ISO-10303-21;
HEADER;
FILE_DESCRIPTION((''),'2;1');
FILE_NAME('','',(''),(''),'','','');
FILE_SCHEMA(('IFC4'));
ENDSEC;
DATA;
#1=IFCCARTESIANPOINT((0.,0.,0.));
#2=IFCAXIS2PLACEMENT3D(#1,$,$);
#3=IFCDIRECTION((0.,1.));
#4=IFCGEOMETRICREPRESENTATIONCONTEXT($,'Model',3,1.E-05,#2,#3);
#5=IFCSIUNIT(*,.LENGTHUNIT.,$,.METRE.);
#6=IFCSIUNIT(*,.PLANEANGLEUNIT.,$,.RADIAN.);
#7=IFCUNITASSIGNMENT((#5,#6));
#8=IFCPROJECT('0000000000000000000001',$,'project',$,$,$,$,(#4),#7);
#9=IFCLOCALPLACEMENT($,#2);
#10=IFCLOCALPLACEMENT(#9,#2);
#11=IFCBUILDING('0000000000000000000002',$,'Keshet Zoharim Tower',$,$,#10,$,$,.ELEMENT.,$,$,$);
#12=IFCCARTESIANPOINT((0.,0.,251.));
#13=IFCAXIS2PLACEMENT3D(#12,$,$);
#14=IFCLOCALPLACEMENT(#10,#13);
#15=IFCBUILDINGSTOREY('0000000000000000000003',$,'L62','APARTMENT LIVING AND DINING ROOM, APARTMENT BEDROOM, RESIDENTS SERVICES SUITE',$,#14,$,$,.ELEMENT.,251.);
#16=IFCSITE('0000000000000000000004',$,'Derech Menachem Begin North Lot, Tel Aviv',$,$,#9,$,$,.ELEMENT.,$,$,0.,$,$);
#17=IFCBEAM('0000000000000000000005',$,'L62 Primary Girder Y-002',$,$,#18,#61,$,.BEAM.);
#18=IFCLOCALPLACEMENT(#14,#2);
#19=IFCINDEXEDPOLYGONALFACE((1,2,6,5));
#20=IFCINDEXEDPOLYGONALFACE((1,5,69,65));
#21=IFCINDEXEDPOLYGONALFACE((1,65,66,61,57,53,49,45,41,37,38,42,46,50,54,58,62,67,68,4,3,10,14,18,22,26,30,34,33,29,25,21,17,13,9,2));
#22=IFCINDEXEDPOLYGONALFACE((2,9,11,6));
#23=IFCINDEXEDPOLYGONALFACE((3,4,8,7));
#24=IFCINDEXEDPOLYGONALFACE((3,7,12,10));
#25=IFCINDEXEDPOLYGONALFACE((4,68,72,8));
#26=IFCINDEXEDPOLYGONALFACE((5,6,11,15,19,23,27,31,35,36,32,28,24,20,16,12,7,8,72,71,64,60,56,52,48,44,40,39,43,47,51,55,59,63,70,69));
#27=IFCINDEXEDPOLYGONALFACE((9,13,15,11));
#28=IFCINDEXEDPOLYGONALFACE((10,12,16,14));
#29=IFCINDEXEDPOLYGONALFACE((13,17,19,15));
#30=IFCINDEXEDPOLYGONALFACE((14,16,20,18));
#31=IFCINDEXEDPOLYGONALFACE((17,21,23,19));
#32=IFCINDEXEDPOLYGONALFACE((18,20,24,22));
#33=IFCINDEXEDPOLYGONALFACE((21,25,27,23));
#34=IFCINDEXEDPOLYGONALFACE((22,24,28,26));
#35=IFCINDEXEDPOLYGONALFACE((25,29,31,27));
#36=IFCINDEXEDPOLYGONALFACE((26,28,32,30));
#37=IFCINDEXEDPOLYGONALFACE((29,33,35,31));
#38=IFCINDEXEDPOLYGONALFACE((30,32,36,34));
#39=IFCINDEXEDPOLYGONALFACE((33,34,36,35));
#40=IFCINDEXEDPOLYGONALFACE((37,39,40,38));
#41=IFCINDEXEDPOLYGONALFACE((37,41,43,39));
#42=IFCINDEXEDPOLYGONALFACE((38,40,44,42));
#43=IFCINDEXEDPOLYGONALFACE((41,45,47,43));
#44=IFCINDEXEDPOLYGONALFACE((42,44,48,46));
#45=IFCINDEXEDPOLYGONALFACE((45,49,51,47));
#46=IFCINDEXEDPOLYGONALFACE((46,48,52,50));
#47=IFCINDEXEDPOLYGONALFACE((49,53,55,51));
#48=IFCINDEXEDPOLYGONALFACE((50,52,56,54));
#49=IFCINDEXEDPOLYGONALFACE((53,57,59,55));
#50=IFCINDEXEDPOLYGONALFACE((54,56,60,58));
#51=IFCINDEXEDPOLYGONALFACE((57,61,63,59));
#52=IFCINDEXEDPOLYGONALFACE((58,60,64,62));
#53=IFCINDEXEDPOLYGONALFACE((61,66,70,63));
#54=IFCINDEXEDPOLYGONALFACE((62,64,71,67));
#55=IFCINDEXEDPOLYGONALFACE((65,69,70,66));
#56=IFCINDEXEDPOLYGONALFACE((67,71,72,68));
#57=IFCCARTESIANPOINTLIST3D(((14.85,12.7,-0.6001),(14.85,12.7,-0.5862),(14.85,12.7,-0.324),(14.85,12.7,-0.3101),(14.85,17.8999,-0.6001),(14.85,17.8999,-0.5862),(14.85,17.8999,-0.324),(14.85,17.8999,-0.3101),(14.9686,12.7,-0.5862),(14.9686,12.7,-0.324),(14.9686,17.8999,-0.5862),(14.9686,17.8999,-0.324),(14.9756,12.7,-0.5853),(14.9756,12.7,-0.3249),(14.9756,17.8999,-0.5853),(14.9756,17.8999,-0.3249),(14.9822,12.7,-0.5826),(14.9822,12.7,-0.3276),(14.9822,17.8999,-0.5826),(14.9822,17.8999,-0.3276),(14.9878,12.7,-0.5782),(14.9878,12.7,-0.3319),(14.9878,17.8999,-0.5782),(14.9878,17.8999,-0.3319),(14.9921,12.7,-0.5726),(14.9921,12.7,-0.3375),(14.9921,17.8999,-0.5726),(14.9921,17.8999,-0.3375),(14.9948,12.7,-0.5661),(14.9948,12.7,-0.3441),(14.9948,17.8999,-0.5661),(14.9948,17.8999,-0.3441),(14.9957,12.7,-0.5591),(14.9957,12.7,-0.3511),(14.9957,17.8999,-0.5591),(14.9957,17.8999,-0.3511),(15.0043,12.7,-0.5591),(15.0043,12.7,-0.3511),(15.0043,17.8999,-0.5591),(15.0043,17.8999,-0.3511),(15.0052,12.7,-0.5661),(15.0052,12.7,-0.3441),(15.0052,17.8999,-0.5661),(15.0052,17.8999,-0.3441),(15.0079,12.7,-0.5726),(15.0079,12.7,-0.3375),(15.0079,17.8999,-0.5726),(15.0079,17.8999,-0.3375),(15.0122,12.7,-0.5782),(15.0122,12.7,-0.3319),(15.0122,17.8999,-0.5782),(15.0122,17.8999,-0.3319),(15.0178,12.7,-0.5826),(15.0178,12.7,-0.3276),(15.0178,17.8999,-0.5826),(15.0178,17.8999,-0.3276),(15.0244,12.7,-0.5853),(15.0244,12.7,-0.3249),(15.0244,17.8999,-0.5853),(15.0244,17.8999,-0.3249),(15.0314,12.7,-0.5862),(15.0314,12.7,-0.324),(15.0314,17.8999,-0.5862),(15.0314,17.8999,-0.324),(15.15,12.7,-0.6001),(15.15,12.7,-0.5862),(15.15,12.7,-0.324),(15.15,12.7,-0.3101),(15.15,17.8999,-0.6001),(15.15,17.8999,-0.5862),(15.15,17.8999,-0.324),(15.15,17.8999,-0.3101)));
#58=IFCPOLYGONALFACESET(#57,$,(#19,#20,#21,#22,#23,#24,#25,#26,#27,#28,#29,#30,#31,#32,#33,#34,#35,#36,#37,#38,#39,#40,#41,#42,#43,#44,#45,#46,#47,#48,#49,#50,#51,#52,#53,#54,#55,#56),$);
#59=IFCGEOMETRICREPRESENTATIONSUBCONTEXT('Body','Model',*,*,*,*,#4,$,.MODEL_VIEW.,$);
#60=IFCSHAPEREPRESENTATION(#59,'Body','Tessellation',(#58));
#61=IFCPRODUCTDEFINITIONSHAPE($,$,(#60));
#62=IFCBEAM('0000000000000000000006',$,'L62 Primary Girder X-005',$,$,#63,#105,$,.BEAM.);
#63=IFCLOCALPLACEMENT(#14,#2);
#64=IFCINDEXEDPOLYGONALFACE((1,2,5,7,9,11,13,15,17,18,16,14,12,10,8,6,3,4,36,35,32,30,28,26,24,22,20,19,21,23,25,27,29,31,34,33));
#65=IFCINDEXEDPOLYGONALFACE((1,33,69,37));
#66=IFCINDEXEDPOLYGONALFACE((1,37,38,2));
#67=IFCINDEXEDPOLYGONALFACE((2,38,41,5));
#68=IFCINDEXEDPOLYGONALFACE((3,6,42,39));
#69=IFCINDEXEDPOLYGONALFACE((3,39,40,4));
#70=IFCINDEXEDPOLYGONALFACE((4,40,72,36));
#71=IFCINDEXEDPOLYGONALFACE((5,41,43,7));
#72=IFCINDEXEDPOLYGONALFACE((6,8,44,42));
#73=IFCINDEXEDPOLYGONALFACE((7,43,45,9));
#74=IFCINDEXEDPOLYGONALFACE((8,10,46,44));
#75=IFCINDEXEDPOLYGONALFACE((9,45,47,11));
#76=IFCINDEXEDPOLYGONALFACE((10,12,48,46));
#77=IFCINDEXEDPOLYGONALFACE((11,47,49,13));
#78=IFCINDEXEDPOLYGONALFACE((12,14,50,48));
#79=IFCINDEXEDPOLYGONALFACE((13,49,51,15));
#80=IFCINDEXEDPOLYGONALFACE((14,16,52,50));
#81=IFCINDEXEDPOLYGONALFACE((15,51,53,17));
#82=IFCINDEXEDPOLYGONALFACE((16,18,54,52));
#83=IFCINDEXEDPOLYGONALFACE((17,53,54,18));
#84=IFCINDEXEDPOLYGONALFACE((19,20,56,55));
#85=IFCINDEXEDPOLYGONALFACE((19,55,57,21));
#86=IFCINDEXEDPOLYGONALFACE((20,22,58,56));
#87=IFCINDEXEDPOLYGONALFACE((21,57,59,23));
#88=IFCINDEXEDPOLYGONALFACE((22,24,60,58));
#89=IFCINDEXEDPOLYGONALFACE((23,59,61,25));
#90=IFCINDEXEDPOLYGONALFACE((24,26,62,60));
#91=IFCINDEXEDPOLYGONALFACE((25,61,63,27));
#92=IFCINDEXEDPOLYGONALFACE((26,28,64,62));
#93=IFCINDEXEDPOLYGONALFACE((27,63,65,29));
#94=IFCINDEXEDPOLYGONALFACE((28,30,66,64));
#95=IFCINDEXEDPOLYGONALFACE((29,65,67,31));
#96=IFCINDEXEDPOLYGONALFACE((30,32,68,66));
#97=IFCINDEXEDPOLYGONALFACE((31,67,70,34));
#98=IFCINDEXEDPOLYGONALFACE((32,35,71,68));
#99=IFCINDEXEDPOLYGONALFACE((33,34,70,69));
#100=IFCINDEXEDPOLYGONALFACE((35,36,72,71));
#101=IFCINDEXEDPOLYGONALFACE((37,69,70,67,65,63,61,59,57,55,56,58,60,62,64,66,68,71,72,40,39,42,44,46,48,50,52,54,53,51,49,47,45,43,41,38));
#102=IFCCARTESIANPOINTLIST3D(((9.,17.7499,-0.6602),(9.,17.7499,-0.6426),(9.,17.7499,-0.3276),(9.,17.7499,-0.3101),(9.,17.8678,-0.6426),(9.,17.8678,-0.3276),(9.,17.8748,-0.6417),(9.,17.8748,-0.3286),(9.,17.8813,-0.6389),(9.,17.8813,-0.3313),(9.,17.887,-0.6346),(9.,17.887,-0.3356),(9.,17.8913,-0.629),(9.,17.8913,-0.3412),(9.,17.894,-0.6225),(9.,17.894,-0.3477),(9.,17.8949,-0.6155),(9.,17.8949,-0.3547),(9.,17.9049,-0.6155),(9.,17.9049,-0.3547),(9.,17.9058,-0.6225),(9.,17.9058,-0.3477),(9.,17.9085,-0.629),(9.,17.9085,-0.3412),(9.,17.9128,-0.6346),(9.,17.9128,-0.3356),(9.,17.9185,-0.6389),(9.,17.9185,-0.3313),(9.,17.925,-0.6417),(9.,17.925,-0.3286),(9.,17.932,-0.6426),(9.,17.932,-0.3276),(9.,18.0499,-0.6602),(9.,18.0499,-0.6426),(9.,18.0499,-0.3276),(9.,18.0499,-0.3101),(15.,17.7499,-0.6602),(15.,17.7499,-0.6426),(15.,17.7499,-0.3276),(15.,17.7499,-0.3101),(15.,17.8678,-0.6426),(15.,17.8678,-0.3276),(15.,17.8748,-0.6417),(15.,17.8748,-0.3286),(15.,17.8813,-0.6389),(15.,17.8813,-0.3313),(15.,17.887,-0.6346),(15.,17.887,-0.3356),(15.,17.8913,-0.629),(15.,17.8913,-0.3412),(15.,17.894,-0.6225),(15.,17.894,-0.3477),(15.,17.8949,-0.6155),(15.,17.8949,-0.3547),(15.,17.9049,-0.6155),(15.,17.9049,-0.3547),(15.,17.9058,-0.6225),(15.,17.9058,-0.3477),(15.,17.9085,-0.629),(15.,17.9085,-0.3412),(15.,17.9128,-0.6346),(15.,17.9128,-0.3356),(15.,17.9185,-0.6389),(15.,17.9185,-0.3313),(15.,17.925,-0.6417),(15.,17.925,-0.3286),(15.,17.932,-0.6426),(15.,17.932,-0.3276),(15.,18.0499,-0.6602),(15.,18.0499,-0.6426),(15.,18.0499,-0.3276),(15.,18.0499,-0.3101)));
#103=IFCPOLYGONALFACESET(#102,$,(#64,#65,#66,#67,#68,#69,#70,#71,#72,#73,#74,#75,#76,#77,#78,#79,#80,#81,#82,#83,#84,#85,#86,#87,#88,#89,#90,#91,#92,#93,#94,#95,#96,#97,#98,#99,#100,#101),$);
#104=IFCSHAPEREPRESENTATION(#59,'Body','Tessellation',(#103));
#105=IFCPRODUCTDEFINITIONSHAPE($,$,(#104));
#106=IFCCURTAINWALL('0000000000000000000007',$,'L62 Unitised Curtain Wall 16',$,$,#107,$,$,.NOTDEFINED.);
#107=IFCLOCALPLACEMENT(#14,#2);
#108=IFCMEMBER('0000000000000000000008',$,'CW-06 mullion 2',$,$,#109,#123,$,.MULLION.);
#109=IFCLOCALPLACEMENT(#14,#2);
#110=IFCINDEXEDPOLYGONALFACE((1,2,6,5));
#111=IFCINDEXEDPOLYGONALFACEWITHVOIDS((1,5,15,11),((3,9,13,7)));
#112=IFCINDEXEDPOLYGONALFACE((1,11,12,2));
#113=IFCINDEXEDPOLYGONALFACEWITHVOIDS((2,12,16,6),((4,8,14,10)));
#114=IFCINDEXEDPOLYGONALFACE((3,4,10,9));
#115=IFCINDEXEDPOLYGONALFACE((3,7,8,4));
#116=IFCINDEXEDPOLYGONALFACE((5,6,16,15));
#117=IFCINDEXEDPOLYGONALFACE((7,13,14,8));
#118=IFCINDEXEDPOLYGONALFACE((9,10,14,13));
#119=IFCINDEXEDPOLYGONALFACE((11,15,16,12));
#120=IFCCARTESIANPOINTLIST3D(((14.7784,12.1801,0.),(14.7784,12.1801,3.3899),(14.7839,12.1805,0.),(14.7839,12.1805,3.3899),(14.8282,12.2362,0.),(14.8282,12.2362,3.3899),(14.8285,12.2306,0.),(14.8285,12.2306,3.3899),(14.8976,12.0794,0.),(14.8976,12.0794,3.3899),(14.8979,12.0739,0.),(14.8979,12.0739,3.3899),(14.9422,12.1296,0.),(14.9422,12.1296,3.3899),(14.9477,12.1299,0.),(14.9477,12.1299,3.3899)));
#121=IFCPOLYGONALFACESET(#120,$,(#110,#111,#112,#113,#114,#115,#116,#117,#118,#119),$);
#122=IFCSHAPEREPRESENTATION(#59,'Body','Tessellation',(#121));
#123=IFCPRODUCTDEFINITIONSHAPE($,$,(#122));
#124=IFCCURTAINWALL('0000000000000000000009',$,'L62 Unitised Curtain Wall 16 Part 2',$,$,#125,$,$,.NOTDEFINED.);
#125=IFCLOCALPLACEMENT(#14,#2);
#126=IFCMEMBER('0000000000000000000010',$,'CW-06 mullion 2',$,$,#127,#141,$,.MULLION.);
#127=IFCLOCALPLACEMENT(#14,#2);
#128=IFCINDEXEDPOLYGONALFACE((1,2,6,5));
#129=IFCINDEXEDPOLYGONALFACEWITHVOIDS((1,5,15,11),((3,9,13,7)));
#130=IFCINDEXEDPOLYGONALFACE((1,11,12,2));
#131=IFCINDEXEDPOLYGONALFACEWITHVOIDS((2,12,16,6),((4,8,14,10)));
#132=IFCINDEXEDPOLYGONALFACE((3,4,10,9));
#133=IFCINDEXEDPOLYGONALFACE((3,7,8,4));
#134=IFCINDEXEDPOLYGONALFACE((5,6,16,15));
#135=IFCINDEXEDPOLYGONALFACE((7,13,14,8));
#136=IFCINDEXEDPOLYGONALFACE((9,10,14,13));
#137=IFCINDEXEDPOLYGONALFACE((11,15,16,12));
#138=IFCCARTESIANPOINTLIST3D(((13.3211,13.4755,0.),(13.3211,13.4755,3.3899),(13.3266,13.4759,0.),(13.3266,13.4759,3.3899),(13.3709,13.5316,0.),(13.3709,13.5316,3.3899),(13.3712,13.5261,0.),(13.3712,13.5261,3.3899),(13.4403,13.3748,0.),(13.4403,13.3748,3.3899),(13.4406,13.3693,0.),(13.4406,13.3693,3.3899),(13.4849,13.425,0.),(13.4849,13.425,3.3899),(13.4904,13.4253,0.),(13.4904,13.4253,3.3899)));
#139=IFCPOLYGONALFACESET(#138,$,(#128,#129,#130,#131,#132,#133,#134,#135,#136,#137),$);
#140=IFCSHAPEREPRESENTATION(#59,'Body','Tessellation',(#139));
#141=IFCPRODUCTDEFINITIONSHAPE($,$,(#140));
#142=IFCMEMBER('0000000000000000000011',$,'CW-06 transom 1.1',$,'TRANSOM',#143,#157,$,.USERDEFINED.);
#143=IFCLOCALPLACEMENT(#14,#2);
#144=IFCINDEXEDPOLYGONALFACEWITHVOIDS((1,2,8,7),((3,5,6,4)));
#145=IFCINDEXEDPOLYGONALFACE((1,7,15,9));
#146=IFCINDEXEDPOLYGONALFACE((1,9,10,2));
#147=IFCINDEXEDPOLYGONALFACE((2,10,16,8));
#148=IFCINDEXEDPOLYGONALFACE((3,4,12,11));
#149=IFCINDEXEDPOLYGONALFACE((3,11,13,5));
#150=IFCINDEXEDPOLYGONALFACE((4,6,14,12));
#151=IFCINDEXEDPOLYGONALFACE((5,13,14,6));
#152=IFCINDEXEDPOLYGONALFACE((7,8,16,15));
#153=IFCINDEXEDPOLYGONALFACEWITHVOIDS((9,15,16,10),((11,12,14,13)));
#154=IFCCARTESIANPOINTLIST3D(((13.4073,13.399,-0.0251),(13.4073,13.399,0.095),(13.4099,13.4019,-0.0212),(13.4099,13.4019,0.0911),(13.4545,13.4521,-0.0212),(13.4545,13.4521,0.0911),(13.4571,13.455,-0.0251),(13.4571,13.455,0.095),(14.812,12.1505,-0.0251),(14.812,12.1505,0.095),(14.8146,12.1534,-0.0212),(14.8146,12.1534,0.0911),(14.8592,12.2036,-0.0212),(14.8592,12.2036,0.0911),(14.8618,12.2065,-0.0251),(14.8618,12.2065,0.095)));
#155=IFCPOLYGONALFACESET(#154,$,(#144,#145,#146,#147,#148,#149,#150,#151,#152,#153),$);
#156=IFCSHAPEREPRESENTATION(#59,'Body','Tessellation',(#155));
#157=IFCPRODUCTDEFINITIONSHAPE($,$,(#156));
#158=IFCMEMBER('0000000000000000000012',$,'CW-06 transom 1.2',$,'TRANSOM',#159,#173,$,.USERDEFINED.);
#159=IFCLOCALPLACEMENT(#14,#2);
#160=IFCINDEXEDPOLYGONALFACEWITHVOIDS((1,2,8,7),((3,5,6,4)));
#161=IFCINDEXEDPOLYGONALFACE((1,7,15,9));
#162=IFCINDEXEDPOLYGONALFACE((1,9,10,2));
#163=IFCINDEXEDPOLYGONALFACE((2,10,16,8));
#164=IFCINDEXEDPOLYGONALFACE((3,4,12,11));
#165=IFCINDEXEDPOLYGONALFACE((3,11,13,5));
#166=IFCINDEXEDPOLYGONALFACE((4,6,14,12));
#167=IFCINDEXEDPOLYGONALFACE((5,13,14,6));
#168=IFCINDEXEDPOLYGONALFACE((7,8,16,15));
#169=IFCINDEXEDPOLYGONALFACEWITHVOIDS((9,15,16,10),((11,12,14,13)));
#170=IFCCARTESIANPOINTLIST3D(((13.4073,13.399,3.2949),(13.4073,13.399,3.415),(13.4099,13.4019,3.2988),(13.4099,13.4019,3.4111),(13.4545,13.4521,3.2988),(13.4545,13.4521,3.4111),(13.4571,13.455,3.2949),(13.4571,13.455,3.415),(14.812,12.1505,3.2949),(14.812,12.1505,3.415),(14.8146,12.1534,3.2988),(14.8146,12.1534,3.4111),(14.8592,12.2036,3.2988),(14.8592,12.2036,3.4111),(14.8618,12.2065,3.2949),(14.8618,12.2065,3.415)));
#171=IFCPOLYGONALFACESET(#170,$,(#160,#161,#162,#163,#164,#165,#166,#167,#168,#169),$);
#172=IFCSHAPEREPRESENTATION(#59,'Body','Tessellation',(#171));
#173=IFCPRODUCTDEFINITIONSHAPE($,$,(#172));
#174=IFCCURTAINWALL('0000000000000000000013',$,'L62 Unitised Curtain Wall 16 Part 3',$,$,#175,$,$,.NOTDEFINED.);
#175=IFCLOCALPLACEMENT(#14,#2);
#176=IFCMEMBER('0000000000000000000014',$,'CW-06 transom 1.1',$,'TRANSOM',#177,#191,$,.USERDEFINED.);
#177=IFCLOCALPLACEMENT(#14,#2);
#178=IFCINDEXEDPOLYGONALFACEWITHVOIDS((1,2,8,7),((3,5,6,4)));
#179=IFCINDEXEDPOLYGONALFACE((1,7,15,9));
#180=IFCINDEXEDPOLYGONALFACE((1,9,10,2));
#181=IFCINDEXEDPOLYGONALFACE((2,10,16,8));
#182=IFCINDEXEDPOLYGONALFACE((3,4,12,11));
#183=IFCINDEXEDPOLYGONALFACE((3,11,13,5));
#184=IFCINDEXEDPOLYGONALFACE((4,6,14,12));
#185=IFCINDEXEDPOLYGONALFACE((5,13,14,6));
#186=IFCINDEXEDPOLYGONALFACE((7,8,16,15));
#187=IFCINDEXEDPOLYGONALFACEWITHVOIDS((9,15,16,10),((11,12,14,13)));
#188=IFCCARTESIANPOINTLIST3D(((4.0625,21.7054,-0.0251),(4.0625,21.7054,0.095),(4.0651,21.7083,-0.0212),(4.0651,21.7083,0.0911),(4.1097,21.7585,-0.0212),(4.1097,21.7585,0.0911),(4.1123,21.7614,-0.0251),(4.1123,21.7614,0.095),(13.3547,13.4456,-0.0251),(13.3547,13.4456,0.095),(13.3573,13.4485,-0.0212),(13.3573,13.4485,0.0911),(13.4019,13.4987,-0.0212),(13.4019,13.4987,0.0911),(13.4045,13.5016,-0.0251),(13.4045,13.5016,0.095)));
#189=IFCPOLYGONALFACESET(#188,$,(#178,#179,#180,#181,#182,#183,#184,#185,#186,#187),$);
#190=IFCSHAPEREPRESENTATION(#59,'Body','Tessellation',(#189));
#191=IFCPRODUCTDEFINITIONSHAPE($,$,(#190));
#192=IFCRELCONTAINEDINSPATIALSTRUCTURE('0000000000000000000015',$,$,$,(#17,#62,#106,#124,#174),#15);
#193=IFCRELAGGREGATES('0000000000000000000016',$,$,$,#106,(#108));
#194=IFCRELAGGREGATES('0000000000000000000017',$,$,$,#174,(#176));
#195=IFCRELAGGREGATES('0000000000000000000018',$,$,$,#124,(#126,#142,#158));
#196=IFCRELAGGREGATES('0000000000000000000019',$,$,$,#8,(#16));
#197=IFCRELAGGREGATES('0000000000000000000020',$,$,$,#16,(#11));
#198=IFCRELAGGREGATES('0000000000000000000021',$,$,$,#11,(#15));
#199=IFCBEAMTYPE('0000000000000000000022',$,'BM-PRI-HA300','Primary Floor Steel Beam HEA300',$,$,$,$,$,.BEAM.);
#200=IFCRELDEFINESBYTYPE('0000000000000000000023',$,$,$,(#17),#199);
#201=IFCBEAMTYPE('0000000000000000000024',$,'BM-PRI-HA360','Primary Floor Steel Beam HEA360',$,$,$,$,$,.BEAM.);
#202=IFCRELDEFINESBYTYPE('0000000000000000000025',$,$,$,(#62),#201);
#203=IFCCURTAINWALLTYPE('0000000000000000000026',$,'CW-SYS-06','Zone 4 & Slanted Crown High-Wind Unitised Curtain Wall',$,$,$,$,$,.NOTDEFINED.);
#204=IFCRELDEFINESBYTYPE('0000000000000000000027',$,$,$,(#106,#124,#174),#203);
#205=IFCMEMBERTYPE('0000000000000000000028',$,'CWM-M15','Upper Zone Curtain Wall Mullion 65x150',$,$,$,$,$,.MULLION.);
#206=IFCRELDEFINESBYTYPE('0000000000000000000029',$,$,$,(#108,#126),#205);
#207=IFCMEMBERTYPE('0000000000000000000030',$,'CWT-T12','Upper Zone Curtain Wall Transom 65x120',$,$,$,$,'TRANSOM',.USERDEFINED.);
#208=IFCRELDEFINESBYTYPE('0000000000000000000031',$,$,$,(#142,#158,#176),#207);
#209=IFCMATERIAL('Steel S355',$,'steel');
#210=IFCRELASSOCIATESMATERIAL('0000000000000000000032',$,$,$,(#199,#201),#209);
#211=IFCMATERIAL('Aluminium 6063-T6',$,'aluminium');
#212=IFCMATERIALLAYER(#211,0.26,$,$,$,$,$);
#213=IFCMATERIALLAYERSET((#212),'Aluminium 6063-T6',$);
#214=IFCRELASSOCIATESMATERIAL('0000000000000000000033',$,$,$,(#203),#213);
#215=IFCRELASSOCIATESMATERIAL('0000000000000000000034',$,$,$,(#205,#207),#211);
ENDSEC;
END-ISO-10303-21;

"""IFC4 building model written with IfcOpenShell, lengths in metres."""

from ifc_helpers import new_model, si_unit, direction, frame, origin, origin_2d, place, context, subcontext, project, spatial, hollow_rectangle, i_section, extrude, material, layer, layer_set, material_profile, profile_set, type_object, element, aggregate, save


model = new_model("IFC4")

# Units and contexts
model_context = context("Model", 3, precision=1e-05, world=origin(), true_north=direction((0.0, 1.0)))
body_context = subcontext(model_context, "Body", "Model", "MODEL_VIEW")
ifc_project = project(units=[si_unit("LENGTHUNIT", "METRE"), si_unit("PLANEANGLEUNIT", "RADIAN")], contexts=[model_context])

# Site, building, storey
site_placement = place(None, origin())
site = spatial("IfcSite", under=ifc_project, at=site_placement, Name="Derech Menachem Begin North Lot, Tel Aviv", CompositionType="ELEMENT", RefElevation=0.0)
building_placement = place(site_placement, origin())
building = spatial("IfcBuilding", under=site, at=building_placement, Name="Keshet Zoharim Tower", CompositionType="ELEMENT")
storey_placement = place(building_placement, frame((0.0, 0.0, 251.0)))
storey = spatial("IfcBuildingStorey", under=building, at=storey_placement, Name="L62", Description="APARTMENT LIVING AND DINING ROOM, APARTMENT BEDROOM, RESIDENTS SERVICES SUITE", CompositionType="ELEMENT", Elevation=251.0)

# Shared definitions
ifc_material_1 = material(Name="Steel S355", Category="steel")

# Beams
ifc_material_profile_1 = material_profile(ifc_material_1, i_section(OverallWidth=0.3, OverallDepth=0.29, WebThickness=0.0085, FlangeThickness=0.0139, FilletRadius=0.0271, at=origin_2d()), Name="HEA300")
ifc_profile_set_1 = profile_set([ifc_material_profile_1], Name="Steel S355")
beam_type_1 = type_object("IfcBeamType", Name="BM-PRI-HA300", Description="Primary Floor Steel Beam HEA300", PredefinedType="BEAM", material=ifc_profile_set_1)
beam_1_placement = place(storey_placement, frame((15.0, 12.7, -0.4551), z_axis=(0.0, 1.0, 0.0), x_axis=(-1.0, 0.0, 0.0)))
element("IfcBeam", 1, at=beam_1_placement, inside=storey, type_object=beam_type_1, Name="L62 Primary Girder Y-002", PredefinedType="BEAM", context=body_context, shape_type="SweptSolid", body=[
    extrude(i_section(OverallWidth=0.3, OverallDepth=0.29, WebThickness=0.0085, FlangeThickness=0.0139, FilletRadius=0.0271, at=origin_2d()), origin(), (0.0, 0.0, 1.0), 5.2),
])
ifc_material_profile_2 = material_profile(ifc_material_1, i_section(OverallWidth=0.3, OverallDepth=0.3501, WebThickness=0.01, FlangeThickness=0.0176, FilletRadius=0.0271, at=origin_2d()), Name="HEA360")
ifc_profile_set_2 = profile_set([ifc_material_profile_2], Name="Steel S355")
beam_type_2 = type_object("IfcBeamType", Name="BM-PRI-HA360", Description="Primary Floor Steel Beam HEA360", PredefinedType="BEAM", material=ifc_profile_set_2)
beam_2_placement = place(storey_placement, frame((9.0, 17.8999, -0.4851), z_axis=(1.0, 0.0, 0.0), x_axis=(0.0, 1.0, 0.0)))
element("IfcBeam", 2, at=beam_2_placement, inside=storey, type_object=beam_type_2, Name="L62 Primary Girder X-005", PredefinedType="BEAM", context=body_context, shape_type="SweptSolid", body=[
    extrude(i_section(OverallWidth=0.3, OverallDepth=0.3501, WebThickness=0.01, FlangeThickness=0.0176, FilletRadius=0.0271, at=origin_2d()), origin(), (0.0, 0.0, 1.0), 6.0),
])

# Curtain wall, member
ifc_material_2 = material(Name="Aluminium 6063-T6", Category="aluminium")
ifc_layer_1 = layer(ifc_material_2, 0.26)
ifc_layer_set_1 = layer_set([ifc_layer_1], Name="Aluminium 6063-T6")
curtain_wall_type = type_object("IfcCurtainWallType", Name="CW-SYS-06", Description="Zone 4 & Slanted Crown High-Wind Unitised Curtain Wall", PredefinedType="NOTDEFINED", material=ifc_layer_set_1)
curtain_wall_1_placement = place(storey_placement, origin())
curtain_wall_1 = element("IfcCurtainWall", 3, at=curtain_wall_1_placement, inside=storey, type_object=curtain_wall_type, Name="L62 Unitised Curtain Wall 16", PredefinedType="NOTDEFINED")
ifc_material_profile_3 = material_profile(ifc_material_2, hollow_rectangle(XDim=0.075, YDim=0.1599, WallThickness=0.0039, at=origin_2d()), Name="MUL-75x160")
ifc_profile_set_3 = profile_set([ifc_material_profile_3], Name="Aluminium 6063-T6")
member_type_1 = type_object("IfcMemberType", Name="CWM-M15", Description="Upper Zone Curtain Wall Mullion 65x150", PredefinedType="MULLION", material=ifc_profile_set_3)
member_1_placement = place(storey_placement, frame((14.863, 12.155, 0.0), z_axis=(0.0, 0.0, 1.0), x_axis=(-0.664362, -0.747411, 0.0)))
member_1 = element("IfcMember", 4, at=member_1_placement, type_object=member_type_1, Name="CW-06 mullion 2", PredefinedType="MULLION", context=body_context, shape_type="SweptSolid", body=[
    extrude(hollow_rectangle(XDim=0.075, YDim=0.1599, WallThickness=0.0039, at=origin_2d()), origin(), (0.0, 0.0, 1.0), 3.3899),
])
aggregate(curtain_wall_1, [member_1])

# Curtain wall, members
curtain_wall_2_placement = place(storey_placement, origin())
curtain_wall_2 = element("IfcCurtainWall", 5, at=curtain_wall_2_placement, inside=storey, type_object=curtain_wall_type, Name="L62 Unitised Curtain Wall 16 Part 2", PredefinedType="NOTDEFINED")
member_2_placement = place(storey_placement, frame((13.4058, 13.4504, 0.0), z_axis=(0.0, 0.0, 1.0), x_axis=(-0.664338, -0.747432, 0.0)))
member_2 = element("IfcMember", 6, at=member_2_placement, type_object=member_type_1, Name="CW-06 mullion 2", PredefinedType="MULLION", context=body_context, shape_type="SweptSolid", body=[
    extrude(hollow_rectangle(XDim=0.075, YDim=0.1599, WallThickness=0.0039, at=origin_2d()), origin(), (0.0, 0.0, 1.0), 3.3899),
])
ifc_material_profile_4 = material_profile(ifc_material_2, hollow_rectangle(XDim=0.075, YDim=0.1201, WallThickness=0.0039, at=origin_2d()), Name="TRN-75x120")
ifc_profile_set_4 = profile_set([ifc_material_profile_4], Name="Aluminium 6063-T6")
member_type_2 = type_object("IfcMemberType", Name="CWT-T12", Description="Upper Zone Curtain Wall Transom 65x120", ElementType="TRANSOM", PredefinedType="USERDEFINED", material=ifc_profile_set_4)
member_3_placement = place(storey_placement, frame((14.8369, 12.1785, 0.0349), z_axis=(-0.747452, 0.664315, 0.0), x_axis=(-0.664315, -0.747452, 0.0)))
member_3 = element("IfcMember", 7, at=member_3_placement, type_object=member_type_2, Name="CW-06 transom 1.1", ObjectType="TRANSOM", PredefinedType="USERDEFINED", context=body_context, shape_type="SweptSolid", body=[
    extrude(hollow_rectangle(XDim=0.075, YDim=0.1201, WallThickness=0.0039, at=origin_2d()), origin(), (0.0, 0.0, 1.0), 1.8794),
])
member_4_placement = place(storey_placement, frame((14.8369, 12.1785, 3.355), z_axis=(-0.747452, 0.664315, 0.0), x_axis=(-0.664315, -0.747452, 0.0)))
member_4 = element("IfcMember", 8, at=member_4_placement, type_object=member_type_2, Name="CW-06 transom 1.2", ObjectType="TRANSOM", PredefinedType="USERDEFINED", context=body_context, shape_type="SweptSolid", body=[
    extrude(hollow_rectangle(XDim=0.075, YDim=0.1201, WallThickness=0.0039, at=origin_2d()), origin(), (0.0, 0.0, 1.0), 1.8794),
])

# Curtain wall, member
curtain_wall_3_placement = place(storey_placement, origin())
curtain_wall_3 = element("IfcCurtainWall", 9, at=curtain_wall_3_placement, inside=storey, type_object=curtain_wall_type, Name="L62 Unitised Curtain Wall 16 Part 3", PredefinedType="NOTDEFINED")
member_5_placement = place(storey_placement, frame((13.3796, 13.4736, 0.0349), z_axis=(-0.747409, 0.664364, 0.0), x_axis=(-0.664364, -0.747409, 0.0)))
member_5 = element("IfcMember", 10, at=member_5_placement, type_object=member_type_2, Name="CW-06 transom 1.1", ObjectType="TRANSOM", PredefinedType="USERDEFINED", context=body_context, shape_type="SweptSolid", body=[
    extrude(hollow_rectangle(XDim=0.075, YDim=0.1201, WallThickness=0.0039, at=origin_2d()), origin(), (0.0, 0.0, 1.0), 12.4326),
])
aggregate(curtain_wall_3, [member_5])

aggregate(curtain_wall_2, [member_2, member_3, member_4])

save(model, "model.ifc")
